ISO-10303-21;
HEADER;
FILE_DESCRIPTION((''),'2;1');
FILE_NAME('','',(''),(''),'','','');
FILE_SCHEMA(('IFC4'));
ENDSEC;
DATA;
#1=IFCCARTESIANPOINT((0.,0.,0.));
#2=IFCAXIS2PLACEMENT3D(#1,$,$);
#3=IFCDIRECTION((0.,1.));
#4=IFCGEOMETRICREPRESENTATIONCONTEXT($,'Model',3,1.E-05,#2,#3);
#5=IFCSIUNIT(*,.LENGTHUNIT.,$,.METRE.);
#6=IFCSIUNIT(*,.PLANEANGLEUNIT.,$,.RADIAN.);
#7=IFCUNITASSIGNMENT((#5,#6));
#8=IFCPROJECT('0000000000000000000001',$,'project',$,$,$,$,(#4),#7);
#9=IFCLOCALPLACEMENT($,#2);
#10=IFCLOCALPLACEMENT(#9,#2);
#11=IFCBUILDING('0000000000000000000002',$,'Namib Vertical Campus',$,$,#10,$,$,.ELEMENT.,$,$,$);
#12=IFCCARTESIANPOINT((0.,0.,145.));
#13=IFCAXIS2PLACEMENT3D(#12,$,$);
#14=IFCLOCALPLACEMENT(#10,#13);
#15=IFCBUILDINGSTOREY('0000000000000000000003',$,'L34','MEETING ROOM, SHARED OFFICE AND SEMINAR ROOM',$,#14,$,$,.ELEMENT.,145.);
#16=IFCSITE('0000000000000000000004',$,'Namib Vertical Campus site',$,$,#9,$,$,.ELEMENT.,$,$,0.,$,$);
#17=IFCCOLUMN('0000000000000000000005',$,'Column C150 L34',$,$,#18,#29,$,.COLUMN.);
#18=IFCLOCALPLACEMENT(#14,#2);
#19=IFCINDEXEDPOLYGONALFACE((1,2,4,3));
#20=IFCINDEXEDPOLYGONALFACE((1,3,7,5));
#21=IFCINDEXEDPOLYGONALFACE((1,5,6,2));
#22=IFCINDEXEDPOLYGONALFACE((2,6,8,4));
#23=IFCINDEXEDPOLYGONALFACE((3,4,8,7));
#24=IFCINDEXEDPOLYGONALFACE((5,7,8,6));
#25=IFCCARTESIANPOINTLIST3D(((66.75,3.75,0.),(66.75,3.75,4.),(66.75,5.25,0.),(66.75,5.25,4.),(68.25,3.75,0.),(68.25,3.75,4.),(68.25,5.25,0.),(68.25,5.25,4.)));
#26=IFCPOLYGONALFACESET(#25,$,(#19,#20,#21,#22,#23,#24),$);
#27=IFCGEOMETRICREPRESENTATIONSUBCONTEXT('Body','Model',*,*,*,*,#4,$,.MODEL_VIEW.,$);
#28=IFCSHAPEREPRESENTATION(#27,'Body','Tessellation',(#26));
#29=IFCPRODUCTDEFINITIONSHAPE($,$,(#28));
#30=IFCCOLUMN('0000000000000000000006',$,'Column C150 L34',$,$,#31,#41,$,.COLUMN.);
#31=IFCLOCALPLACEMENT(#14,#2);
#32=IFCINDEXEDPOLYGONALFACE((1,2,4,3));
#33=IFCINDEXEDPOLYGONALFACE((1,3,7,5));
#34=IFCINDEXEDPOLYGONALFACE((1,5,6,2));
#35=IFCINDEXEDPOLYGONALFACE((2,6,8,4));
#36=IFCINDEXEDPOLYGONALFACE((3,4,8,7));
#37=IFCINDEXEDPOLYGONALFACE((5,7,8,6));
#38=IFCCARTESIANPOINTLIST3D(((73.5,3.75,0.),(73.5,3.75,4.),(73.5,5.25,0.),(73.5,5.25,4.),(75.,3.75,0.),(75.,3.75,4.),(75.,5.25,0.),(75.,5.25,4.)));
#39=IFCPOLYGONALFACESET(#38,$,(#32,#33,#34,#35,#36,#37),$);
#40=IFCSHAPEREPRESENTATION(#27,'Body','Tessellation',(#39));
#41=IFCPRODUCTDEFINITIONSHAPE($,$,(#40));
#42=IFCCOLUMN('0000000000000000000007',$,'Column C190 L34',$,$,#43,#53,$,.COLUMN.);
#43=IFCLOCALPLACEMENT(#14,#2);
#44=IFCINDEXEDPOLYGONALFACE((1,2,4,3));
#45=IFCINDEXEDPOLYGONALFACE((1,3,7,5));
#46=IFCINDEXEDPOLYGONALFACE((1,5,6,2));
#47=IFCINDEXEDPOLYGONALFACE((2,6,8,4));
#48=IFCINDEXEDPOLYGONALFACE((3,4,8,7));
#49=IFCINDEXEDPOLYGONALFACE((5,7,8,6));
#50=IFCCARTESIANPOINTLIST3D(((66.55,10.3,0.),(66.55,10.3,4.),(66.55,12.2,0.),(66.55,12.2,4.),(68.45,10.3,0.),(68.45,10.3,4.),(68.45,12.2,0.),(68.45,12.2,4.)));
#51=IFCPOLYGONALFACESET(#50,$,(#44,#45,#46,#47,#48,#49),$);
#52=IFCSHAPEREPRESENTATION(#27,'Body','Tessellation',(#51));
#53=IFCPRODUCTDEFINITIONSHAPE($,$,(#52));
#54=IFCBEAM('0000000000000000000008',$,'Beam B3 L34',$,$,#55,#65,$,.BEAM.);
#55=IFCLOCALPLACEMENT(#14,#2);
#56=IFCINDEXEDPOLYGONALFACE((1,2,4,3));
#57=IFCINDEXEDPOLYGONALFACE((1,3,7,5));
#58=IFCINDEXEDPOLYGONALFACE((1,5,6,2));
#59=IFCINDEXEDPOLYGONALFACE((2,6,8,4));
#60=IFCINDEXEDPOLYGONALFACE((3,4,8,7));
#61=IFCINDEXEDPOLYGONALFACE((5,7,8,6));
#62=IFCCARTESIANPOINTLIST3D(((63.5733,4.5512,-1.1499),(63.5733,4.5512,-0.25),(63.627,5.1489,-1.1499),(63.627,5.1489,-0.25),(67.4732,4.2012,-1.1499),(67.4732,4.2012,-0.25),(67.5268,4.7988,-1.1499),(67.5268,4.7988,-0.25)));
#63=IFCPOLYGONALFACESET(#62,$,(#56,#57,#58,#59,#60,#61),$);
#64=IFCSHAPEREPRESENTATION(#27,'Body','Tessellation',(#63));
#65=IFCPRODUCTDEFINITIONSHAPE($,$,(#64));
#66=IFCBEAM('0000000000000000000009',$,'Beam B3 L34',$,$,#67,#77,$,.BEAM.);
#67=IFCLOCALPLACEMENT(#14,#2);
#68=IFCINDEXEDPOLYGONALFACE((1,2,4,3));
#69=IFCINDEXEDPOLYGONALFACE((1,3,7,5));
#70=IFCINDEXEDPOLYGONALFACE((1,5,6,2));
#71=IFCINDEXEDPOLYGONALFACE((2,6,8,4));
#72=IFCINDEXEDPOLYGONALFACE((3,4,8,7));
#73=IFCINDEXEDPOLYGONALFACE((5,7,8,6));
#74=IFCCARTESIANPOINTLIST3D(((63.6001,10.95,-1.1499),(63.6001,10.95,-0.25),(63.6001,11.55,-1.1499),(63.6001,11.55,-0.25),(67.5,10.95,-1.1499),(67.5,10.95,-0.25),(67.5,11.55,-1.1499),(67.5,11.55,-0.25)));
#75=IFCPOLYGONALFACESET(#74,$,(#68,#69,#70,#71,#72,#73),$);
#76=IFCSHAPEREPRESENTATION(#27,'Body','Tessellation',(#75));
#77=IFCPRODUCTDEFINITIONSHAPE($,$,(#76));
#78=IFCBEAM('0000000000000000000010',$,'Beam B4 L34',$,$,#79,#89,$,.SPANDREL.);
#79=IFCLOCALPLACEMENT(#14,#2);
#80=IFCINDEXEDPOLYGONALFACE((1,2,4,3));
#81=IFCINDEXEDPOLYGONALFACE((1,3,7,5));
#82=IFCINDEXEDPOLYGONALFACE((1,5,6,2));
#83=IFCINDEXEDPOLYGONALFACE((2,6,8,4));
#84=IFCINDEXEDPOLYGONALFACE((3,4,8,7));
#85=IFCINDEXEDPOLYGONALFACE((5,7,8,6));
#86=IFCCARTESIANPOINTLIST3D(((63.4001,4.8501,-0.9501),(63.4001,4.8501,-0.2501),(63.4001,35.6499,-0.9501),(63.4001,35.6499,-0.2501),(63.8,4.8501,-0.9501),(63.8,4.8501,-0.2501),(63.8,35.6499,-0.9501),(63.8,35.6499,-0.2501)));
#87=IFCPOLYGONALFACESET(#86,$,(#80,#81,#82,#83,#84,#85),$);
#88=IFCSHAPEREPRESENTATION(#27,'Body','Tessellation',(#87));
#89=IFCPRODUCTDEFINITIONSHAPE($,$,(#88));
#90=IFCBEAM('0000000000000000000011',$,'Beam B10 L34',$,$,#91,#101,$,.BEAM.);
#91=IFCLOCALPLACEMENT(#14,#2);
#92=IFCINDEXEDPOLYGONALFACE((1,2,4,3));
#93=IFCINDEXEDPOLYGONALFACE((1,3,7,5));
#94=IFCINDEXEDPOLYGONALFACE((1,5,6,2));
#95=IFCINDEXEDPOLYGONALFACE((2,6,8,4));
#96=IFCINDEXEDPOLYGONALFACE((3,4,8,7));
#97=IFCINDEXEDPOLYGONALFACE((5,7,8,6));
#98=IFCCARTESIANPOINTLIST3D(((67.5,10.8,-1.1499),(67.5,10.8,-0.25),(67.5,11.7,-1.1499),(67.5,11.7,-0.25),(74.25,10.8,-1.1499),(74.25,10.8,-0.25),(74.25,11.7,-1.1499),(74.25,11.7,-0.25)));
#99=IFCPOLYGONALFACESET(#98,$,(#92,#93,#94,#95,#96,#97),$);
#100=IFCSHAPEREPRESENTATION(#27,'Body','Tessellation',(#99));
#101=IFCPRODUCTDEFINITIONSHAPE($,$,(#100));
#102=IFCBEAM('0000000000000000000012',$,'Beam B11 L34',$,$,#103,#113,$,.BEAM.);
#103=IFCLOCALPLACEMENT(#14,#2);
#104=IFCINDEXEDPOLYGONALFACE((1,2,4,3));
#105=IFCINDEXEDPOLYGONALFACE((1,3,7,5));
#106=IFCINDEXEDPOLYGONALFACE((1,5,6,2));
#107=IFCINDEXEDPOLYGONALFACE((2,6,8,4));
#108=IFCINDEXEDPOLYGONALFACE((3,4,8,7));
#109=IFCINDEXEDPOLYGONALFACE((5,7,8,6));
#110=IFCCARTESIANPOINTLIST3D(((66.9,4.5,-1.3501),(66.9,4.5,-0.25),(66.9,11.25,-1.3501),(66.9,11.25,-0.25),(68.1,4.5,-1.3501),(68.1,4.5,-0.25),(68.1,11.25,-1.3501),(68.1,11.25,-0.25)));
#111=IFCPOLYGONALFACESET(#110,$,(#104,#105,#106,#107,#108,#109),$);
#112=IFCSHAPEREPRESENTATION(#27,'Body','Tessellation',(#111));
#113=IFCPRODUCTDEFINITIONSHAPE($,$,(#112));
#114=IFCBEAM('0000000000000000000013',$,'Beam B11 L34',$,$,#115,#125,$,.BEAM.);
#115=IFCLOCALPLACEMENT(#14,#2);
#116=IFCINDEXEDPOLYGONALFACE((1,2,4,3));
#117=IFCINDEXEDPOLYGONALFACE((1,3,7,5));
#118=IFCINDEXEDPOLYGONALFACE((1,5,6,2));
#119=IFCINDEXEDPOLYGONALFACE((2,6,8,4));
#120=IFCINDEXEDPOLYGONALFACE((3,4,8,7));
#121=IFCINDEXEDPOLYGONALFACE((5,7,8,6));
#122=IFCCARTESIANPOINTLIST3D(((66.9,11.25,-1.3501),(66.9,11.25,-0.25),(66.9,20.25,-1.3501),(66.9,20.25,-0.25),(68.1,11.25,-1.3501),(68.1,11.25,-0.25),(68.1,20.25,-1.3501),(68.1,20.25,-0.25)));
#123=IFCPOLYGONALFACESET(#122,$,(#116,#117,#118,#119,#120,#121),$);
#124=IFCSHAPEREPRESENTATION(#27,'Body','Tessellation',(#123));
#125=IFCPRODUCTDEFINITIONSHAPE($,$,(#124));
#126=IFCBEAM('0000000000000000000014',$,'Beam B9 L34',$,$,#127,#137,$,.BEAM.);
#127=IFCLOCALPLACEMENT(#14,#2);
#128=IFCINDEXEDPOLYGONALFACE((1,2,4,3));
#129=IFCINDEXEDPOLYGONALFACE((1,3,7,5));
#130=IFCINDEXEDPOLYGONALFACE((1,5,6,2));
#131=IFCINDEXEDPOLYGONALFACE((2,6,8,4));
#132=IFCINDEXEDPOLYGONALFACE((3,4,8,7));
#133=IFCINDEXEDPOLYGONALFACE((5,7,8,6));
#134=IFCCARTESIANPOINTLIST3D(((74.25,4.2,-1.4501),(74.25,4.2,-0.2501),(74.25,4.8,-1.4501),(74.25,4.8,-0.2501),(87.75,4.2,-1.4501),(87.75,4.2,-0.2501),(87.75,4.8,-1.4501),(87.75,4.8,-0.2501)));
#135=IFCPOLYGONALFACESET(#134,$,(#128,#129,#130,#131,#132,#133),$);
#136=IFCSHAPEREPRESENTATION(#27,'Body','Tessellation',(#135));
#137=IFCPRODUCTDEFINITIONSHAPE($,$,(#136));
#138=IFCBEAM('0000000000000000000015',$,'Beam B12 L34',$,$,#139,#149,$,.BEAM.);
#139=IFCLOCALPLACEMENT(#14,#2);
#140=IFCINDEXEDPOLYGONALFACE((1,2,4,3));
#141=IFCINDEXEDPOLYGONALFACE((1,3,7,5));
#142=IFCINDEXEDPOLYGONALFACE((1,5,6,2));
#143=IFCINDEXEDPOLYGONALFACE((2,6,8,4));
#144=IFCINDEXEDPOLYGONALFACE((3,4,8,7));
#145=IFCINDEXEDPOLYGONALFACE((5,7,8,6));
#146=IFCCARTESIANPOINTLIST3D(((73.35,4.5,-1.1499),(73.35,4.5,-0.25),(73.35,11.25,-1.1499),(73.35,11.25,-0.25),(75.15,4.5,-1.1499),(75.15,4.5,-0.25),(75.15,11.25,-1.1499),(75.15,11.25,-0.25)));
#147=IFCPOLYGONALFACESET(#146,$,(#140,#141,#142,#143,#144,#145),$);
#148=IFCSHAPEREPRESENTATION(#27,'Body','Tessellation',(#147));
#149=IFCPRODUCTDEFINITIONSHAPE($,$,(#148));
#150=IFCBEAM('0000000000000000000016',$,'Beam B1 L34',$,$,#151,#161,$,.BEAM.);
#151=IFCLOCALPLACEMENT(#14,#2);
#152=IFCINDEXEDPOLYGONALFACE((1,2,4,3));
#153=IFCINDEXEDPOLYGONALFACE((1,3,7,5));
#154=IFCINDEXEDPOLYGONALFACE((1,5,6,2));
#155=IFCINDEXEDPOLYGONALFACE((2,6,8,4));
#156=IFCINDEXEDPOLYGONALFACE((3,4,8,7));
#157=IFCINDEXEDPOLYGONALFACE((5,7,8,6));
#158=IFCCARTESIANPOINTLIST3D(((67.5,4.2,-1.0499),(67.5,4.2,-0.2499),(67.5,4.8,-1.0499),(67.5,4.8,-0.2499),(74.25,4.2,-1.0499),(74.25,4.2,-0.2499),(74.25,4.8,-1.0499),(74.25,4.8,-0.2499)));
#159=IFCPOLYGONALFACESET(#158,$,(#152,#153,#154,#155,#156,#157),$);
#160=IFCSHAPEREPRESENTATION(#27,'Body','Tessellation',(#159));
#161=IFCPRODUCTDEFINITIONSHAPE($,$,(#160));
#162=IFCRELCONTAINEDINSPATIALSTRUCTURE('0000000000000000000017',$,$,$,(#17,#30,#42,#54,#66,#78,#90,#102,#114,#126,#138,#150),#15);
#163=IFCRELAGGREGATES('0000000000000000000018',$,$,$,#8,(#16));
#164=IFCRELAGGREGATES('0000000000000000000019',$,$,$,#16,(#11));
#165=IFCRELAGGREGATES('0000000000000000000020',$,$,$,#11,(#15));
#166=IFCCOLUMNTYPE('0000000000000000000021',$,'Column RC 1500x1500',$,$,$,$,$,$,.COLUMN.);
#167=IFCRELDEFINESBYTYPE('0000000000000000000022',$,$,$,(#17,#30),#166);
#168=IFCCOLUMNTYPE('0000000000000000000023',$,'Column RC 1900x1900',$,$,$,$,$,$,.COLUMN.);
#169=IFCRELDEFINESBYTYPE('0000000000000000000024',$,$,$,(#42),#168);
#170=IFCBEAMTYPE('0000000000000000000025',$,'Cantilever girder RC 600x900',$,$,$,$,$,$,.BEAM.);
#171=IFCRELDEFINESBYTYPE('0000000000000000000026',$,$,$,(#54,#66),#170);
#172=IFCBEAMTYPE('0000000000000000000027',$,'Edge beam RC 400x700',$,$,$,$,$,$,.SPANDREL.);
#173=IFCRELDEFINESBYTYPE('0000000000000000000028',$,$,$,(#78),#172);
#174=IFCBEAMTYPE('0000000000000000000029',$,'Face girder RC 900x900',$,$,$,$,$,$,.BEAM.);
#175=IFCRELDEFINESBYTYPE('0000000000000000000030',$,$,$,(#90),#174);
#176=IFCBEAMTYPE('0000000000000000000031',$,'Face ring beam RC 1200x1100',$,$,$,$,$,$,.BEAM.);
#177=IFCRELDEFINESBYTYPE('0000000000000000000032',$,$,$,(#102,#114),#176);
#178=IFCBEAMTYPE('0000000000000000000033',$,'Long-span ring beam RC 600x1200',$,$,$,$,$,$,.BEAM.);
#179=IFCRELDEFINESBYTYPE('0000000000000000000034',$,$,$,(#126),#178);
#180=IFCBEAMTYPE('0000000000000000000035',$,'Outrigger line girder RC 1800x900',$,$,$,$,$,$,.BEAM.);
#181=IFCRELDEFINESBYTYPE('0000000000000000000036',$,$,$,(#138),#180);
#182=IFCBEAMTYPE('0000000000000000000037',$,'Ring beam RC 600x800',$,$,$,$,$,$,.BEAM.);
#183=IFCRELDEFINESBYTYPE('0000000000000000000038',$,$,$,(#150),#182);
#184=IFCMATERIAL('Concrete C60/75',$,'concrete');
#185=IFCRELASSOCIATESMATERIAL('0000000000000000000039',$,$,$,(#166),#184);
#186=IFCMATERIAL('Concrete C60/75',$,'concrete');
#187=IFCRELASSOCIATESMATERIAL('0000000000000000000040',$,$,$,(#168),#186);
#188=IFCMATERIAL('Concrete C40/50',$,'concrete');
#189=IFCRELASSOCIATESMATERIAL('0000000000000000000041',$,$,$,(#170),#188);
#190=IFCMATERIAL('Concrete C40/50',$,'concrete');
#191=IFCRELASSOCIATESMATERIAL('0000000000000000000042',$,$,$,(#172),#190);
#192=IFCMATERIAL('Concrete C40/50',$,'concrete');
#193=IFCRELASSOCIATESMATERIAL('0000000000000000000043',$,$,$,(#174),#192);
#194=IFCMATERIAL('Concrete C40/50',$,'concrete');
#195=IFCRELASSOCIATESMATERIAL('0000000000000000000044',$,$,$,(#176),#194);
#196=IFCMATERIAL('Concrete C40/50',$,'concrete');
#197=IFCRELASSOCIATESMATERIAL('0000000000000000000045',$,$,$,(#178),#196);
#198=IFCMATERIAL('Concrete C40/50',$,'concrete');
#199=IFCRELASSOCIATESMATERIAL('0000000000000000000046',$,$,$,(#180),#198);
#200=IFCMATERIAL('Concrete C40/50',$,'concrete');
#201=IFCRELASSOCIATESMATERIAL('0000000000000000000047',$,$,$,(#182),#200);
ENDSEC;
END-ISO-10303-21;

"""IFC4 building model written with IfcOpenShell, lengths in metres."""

from ifc_helpers import new_model, si_unit, direction, frame, origin, origin_2d, place, context, subcontext, project, spatial, rectangle, extrude, material, material_profile, profile_set, type_object, element, save


model = new_model("IFC4")

# Units and contexts
model_context = context("Model", 3, precision=1e-05, world=origin(), true_north=direction((0.0, 1.0)))
body_context = subcontext(model_context, "Body", "Model", "MODEL_VIEW")
ifc_project = project(units=[si_unit("LENGTHUNIT", "METRE"), si_unit("PLANEANGLEUNIT", "RADIAN")], contexts=[model_context])

# Site, building, storey
site_placement = place(None, origin())
site = spatial("IfcSite", under=ifc_project, at=site_placement, Name="Namib Vertical Campus site", CompositionType="ELEMENT", RefElevation=0.0)
building_placement = place(site_placement, origin())
building = spatial("IfcBuilding", under=site, at=building_placement, Name="Namib Vertical Campus", CompositionType="ELEMENT")
storey_placement = place(building_placement, frame((0.0, 0.0, 145.0)))
storey = spatial("IfcBuildingStorey", under=building, at=storey_placement, Name="L34", Description="MEETING ROOM, SHARED OFFICE AND SEMINAR ROOM", CompositionType="ELEMENT", Elevation=145.0)

# Columns
ifc_material_1 = material(Name="Concrete C60/75", Category="concrete")
ifc_material_profile_1 = material_profile(ifc_material_1, rectangle(XDim=1.5, YDim=1.5, at=origin_2d()))
ifc_profile_set_1 = profile_set([ifc_material_profile_1], Name="Concrete C60/75")
column_type_1 = type_object("IfcColumnType", Name="Column RC 1500x1500", PredefinedType="COLUMN", material=ifc_profile_set_1)
for number, where, z_axis, x_axis, name in (
    (1, (67.5, 4.5, 0.0), (0.0, 0.0, 1.0), (1.0, 0.0, 0.0), "Column C150 L34"),
    (2, (74.25, 4.5, 0.0), (0.0, 0.0, 1.0), (1.0, 0.0, 0.0), "Column C150 L34"),
):
    element("IfcColumn", number, at=place(storey_placement, frame(where, z_axis=z_axis, x_axis=x_axis)), inside=storey, type_object=column_type_1, Name=name, PredefinedType="COLUMN", context=body_context, shape_type="SweptSolid", body=[
        extrude(rectangle(XDim=1.5, YDim=1.5, at=origin_2d()), origin(), (0.0, 0.0, 1.0), 4.0),
    ])
ifc_material_2 = material(Name="Concrete C60/75", Category="concrete")
ifc_material_profile_2 = material_profile(ifc_material_2, rectangle(XDim=1.8999, YDim=1.8999, at=origin_2d()))
ifc_profile_set_2 = profile_set([ifc_material_profile_2], Name="Concrete C60/75")
column_type_2 = type_object("IfcColumnType", Name="Column RC 1900x1900", PredefinedType="COLUMN", material=ifc_profile_set_2)
column_placement = place(storey_placement, frame((67.5, 11.25, 0.0), z_axis=(0.0, 0.0, 1.0), x_axis=(1.0, 0.0, 0.0)))
element("IfcColumn", 3, at=column_placement, inside=storey, type_object=column_type_2, Name="Column C190 L34", PredefinedType="COLUMN", context=body_context, shape_type="SweptSolid", body=[
    extrude(rectangle(XDim=1.8999, YDim=1.8999, at=origin_2d()), origin(), (0.0, 0.0, 1.0), 4.0),
])

# Beams
ifc_material_3 = material(Name="Concrete C40/50", Category="concrete")
ifc_material_profile_3 = material_profile(ifc_material_3, rectangle(XDim=0.6001, YDim=0.8999, at=origin_2d()))
ifc_profile_set_3 = profile_set([ifc_material_profile_3], Name="Concrete C40/50")
beam_type_1 = type_object("IfcBeamType", Name="Cantilever girder RC 600x900", PredefinedType="BEAM", material=ifc_profile_set_3)
beam_1_placement = place(storey_placement, frame((67.5, 4.5, -0.7), z_axis=(-0.995995, 0.089411, 0.0), x_axis=(-0.089411, -0.995995, 0.0)))
element("IfcBeam", 4, at=beam_1_placement, inside=storey, type_object=beam_type_1, Name="Beam B3 L34", PredefinedType="BEAM", context=body_context, shape_type="SweptSolid", body=[
    extrude(rectangle(XDim=0.6001, YDim=0.8999, at=origin_2d()), origin(), (0.0, 0.0, 1.0), 3.9155),
])
beam_2_placement = place(storey_placement, frame((67.5, 11.25, -0.7), z_axis=(-1.0, 0.0, 0.0), x_axis=(0.0, -1.0, 0.0)))
element("IfcBeam", 5, at=beam_2_placement, inside=storey, type_object=beam_type_1, Name="Beam B3 L34", PredefinedType="BEAM", context=body_context, shape_type="SweptSolid", body=[
    extrude(rectangle(XDim=0.6001, YDim=0.8999, at=origin_2d()), origin(), (0.0, 0.0, 1.0), 3.8999),
])
ifc_material_4 = material(Name="Concrete C40/50", Category="concrete")
ifc_material_profile_4 = material_profile(ifc_material_4, rectangle(XDim=0.3999, YDim=0.7, at=origin_2d()))
ifc_profile_set_4 = profile_set([ifc_material_profile_4], Name="Concrete C40/50")
beam_type_2 = type_object("IfcBeamType", Name="Edge beam RC 400x700", PredefinedType="SPANDREL", material=ifc_profile_set_4)
beam_3_placement = place(storey_placement, frame((63.6001, 4.8501, -0.6001), z_axis=(0.0, 1.0, 0.0), x_axis=(-1.0, 0.0, 0.0)))
element("IfcBeam", 6, at=beam_3_placement, inside=storey, type_object=beam_type_2, Name="Beam B4 L34", PredefinedType="SPANDREL", context=body_context, shape_type="SweptSolid", body=[
    extrude(rectangle(XDim=0.3999, YDim=0.7, at=origin_2d()), origin(), (0.0, 0.0, 1.0), 30.7998),
])
ifc_material_5 = material(Name="Concrete C40/50", Category="concrete")
ifc_material_profile_5 = material_profile(ifc_material_5, rectangle(XDim=0.8999, YDim=0.8999, at=origin_2d()))
ifc_profile_set_5 = profile_set([ifc_material_profile_5], Name="Concrete C40/50")
beam_type_3 = type_object("IfcBeamType", Name="Face girder RC 900x900", PredefinedType="BEAM", material=ifc_profile_set_5)
beam_4_placement = place(storey_placement, frame((67.5, 11.25, -0.7), z_axis=(1.0, 0.0, 0.0), x_axis=(0.0, 1.0, 0.0)))
element("IfcBeam", 7, at=beam_4_placement, inside=storey, type_object=beam_type_3, Name="Beam B10 L34", PredefinedType="BEAM", context=body_context, shape_type="SweptSolid", body=[
    extrude(rectangle(XDim=0.8999, YDim=0.8999, at=origin_2d()), origin(), (0.0, 0.0, 1.0), 6.75),
])
ifc_material_6 = material(Name="Concrete C40/50", Category="concrete")
ifc_material_profile_6 = material_profile(ifc_material_6, rectangle(XDim=1.2, YDim=1.1001, at=origin_2d()))
ifc_profile_set_6 = profile_set([ifc_material_profile_6], Name="Concrete C40/50")
beam_type_4 = type_object("IfcBeamType", Name="Face ring beam RC 1200x1100", PredefinedType="BEAM", material=ifc_profile_set_6)
beam_5_placement = place(storey_placement, frame((67.5, 4.5, -0.8), z_axis=(0.0, 1.0, 0.0), x_axis=(-1.0, 0.0, 0.0)))
element("IfcBeam", 8, at=beam_5_placement, inside=storey, type_object=beam_type_4, Name="Beam B11 L34", PredefinedType="BEAM", context=body_context, shape_type="SweptSolid", body=[
    extrude(rectangle(XDim=1.2, YDim=1.1001, at=origin_2d()), origin(), (0.0, 0.0, 1.0), 6.75),
])
beam_6_placement = place(storey_placement, frame((67.5, 11.25, -0.8), z_axis=(0.0, 1.0, 0.0), x_axis=(-1.0, 0.0, 0.0)))
element("IfcBeam", 9, at=beam_6_placement, inside=storey, type_object=beam_type_4, Name="Beam B11 L34", PredefinedType="BEAM", context=body_context, shape_type="SweptSolid", body=[
    extrude(rectangle(XDim=1.2, YDim=1.1001, at=origin_2d()), origin(), (0.0, 0.0, 1.0), 9.0),
])
ifc_material_7 = material(Name="Concrete C40/50", Category="concrete")
ifc_material_profile_7 = material_profile(ifc_material_7, rectangle(XDim=0.6001, YDim=1.2, at=origin_2d()))
ifc_profile_set_7 = profile_set([ifc_material_profile_7], Name="Concrete C40/50")
beam_type_5 = type_object("IfcBeamType", Name="Long-span ring beam RC 600x1200", PredefinedType="BEAM", material=ifc_profile_set_7)
beam_7_placement = place(storey_placement, frame((74.25, 4.5, -0.8501), z_axis=(1.0, 0.0, 0.0), x_axis=(0.0, 1.0, 0.0)))
element("IfcBeam", 10, at=beam_7_placement, inside=storey, type_object=beam_type_5, Name="Beam B9 L34", PredefinedType="BEAM", context=body_context, shape_type="SweptSolid", body=[
    extrude(rectangle(XDim=0.6001, YDim=1.2, at=origin_2d()), origin(), (0.0, 0.0, 1.0), 13.5),
])
ifc_material_8 = material(Name="Concrete C40/50", Category="concrete")
ifc_material_profile_8 = material_profile(ifc_material_8, rectangle(XDim=1.8, YDim=0.8999, at=origin_2d()))
ifc_profile_set_8 = profile_set([ifc_material_profile_8], Name="Concrete C40/50")
beam_type_6 = type_object("IfcBeamType", Name="Outrigger line girder RC 1800x900", PredefinedType="BEAM", material=ifc_profile_set_8)
beam_8_placement = place(storey_placement, frame((74.25, 4.5, -0.7), z_axis=(0.0, 1.0, 0.0), x_axis=(-1.0, 0.0, 0.0)))
element("IfcBeam", 11, at=beam_8_placement, inside=storey, type_object=beam_type_6, Name="Beam B12 L34", PredefinedType="BEAM", context=body_context, shape_type="SweptSolid", body=[
    extrude(rectangle(XDim=1.8, YDim=0.8999, at=origin_2d()), origin(), (0.0, 0.0, 1.0), 6.75),
])
ifc_material_9 = material(Name="Concrete C40/50", Category="concrete")
ifc_material_profile_9 = material_profile(ifc_material_9, rectangle(XDim=0.6001, YDim=0.8, at=origin_2d()))
ifc_profile_set_9 = profile_set([ifc_material_profile_9], Name="Concrete C40/50")
beam_type_7 = type_object("IfcBeamType", Name="Ring beam RC 600x800", PredefinedType="BEAM", material=ifc_profile_set_9)
beam_9_placement = place(storey_placement, frame((67.5, 4.5, -0.6499), z_axis=(1.0, 0.0, 0.0), x_axis=(0.0, 1.0, 0.0)))
element("IfcBeam", 12, at=beam_9_placement, inside=storey, type_object=beam_type_7, Name="Beam B1 L34", PredefinedType="BEAM", context=body_context, shape_type="SweptSolid", body=[
    extrude(rectangle(XDim=0.6001, YDim=0.8, at=origin_2d()), origin(), (0.0, 0.0, 1.0), 6.75),
])

save(model, "model.ifc")
